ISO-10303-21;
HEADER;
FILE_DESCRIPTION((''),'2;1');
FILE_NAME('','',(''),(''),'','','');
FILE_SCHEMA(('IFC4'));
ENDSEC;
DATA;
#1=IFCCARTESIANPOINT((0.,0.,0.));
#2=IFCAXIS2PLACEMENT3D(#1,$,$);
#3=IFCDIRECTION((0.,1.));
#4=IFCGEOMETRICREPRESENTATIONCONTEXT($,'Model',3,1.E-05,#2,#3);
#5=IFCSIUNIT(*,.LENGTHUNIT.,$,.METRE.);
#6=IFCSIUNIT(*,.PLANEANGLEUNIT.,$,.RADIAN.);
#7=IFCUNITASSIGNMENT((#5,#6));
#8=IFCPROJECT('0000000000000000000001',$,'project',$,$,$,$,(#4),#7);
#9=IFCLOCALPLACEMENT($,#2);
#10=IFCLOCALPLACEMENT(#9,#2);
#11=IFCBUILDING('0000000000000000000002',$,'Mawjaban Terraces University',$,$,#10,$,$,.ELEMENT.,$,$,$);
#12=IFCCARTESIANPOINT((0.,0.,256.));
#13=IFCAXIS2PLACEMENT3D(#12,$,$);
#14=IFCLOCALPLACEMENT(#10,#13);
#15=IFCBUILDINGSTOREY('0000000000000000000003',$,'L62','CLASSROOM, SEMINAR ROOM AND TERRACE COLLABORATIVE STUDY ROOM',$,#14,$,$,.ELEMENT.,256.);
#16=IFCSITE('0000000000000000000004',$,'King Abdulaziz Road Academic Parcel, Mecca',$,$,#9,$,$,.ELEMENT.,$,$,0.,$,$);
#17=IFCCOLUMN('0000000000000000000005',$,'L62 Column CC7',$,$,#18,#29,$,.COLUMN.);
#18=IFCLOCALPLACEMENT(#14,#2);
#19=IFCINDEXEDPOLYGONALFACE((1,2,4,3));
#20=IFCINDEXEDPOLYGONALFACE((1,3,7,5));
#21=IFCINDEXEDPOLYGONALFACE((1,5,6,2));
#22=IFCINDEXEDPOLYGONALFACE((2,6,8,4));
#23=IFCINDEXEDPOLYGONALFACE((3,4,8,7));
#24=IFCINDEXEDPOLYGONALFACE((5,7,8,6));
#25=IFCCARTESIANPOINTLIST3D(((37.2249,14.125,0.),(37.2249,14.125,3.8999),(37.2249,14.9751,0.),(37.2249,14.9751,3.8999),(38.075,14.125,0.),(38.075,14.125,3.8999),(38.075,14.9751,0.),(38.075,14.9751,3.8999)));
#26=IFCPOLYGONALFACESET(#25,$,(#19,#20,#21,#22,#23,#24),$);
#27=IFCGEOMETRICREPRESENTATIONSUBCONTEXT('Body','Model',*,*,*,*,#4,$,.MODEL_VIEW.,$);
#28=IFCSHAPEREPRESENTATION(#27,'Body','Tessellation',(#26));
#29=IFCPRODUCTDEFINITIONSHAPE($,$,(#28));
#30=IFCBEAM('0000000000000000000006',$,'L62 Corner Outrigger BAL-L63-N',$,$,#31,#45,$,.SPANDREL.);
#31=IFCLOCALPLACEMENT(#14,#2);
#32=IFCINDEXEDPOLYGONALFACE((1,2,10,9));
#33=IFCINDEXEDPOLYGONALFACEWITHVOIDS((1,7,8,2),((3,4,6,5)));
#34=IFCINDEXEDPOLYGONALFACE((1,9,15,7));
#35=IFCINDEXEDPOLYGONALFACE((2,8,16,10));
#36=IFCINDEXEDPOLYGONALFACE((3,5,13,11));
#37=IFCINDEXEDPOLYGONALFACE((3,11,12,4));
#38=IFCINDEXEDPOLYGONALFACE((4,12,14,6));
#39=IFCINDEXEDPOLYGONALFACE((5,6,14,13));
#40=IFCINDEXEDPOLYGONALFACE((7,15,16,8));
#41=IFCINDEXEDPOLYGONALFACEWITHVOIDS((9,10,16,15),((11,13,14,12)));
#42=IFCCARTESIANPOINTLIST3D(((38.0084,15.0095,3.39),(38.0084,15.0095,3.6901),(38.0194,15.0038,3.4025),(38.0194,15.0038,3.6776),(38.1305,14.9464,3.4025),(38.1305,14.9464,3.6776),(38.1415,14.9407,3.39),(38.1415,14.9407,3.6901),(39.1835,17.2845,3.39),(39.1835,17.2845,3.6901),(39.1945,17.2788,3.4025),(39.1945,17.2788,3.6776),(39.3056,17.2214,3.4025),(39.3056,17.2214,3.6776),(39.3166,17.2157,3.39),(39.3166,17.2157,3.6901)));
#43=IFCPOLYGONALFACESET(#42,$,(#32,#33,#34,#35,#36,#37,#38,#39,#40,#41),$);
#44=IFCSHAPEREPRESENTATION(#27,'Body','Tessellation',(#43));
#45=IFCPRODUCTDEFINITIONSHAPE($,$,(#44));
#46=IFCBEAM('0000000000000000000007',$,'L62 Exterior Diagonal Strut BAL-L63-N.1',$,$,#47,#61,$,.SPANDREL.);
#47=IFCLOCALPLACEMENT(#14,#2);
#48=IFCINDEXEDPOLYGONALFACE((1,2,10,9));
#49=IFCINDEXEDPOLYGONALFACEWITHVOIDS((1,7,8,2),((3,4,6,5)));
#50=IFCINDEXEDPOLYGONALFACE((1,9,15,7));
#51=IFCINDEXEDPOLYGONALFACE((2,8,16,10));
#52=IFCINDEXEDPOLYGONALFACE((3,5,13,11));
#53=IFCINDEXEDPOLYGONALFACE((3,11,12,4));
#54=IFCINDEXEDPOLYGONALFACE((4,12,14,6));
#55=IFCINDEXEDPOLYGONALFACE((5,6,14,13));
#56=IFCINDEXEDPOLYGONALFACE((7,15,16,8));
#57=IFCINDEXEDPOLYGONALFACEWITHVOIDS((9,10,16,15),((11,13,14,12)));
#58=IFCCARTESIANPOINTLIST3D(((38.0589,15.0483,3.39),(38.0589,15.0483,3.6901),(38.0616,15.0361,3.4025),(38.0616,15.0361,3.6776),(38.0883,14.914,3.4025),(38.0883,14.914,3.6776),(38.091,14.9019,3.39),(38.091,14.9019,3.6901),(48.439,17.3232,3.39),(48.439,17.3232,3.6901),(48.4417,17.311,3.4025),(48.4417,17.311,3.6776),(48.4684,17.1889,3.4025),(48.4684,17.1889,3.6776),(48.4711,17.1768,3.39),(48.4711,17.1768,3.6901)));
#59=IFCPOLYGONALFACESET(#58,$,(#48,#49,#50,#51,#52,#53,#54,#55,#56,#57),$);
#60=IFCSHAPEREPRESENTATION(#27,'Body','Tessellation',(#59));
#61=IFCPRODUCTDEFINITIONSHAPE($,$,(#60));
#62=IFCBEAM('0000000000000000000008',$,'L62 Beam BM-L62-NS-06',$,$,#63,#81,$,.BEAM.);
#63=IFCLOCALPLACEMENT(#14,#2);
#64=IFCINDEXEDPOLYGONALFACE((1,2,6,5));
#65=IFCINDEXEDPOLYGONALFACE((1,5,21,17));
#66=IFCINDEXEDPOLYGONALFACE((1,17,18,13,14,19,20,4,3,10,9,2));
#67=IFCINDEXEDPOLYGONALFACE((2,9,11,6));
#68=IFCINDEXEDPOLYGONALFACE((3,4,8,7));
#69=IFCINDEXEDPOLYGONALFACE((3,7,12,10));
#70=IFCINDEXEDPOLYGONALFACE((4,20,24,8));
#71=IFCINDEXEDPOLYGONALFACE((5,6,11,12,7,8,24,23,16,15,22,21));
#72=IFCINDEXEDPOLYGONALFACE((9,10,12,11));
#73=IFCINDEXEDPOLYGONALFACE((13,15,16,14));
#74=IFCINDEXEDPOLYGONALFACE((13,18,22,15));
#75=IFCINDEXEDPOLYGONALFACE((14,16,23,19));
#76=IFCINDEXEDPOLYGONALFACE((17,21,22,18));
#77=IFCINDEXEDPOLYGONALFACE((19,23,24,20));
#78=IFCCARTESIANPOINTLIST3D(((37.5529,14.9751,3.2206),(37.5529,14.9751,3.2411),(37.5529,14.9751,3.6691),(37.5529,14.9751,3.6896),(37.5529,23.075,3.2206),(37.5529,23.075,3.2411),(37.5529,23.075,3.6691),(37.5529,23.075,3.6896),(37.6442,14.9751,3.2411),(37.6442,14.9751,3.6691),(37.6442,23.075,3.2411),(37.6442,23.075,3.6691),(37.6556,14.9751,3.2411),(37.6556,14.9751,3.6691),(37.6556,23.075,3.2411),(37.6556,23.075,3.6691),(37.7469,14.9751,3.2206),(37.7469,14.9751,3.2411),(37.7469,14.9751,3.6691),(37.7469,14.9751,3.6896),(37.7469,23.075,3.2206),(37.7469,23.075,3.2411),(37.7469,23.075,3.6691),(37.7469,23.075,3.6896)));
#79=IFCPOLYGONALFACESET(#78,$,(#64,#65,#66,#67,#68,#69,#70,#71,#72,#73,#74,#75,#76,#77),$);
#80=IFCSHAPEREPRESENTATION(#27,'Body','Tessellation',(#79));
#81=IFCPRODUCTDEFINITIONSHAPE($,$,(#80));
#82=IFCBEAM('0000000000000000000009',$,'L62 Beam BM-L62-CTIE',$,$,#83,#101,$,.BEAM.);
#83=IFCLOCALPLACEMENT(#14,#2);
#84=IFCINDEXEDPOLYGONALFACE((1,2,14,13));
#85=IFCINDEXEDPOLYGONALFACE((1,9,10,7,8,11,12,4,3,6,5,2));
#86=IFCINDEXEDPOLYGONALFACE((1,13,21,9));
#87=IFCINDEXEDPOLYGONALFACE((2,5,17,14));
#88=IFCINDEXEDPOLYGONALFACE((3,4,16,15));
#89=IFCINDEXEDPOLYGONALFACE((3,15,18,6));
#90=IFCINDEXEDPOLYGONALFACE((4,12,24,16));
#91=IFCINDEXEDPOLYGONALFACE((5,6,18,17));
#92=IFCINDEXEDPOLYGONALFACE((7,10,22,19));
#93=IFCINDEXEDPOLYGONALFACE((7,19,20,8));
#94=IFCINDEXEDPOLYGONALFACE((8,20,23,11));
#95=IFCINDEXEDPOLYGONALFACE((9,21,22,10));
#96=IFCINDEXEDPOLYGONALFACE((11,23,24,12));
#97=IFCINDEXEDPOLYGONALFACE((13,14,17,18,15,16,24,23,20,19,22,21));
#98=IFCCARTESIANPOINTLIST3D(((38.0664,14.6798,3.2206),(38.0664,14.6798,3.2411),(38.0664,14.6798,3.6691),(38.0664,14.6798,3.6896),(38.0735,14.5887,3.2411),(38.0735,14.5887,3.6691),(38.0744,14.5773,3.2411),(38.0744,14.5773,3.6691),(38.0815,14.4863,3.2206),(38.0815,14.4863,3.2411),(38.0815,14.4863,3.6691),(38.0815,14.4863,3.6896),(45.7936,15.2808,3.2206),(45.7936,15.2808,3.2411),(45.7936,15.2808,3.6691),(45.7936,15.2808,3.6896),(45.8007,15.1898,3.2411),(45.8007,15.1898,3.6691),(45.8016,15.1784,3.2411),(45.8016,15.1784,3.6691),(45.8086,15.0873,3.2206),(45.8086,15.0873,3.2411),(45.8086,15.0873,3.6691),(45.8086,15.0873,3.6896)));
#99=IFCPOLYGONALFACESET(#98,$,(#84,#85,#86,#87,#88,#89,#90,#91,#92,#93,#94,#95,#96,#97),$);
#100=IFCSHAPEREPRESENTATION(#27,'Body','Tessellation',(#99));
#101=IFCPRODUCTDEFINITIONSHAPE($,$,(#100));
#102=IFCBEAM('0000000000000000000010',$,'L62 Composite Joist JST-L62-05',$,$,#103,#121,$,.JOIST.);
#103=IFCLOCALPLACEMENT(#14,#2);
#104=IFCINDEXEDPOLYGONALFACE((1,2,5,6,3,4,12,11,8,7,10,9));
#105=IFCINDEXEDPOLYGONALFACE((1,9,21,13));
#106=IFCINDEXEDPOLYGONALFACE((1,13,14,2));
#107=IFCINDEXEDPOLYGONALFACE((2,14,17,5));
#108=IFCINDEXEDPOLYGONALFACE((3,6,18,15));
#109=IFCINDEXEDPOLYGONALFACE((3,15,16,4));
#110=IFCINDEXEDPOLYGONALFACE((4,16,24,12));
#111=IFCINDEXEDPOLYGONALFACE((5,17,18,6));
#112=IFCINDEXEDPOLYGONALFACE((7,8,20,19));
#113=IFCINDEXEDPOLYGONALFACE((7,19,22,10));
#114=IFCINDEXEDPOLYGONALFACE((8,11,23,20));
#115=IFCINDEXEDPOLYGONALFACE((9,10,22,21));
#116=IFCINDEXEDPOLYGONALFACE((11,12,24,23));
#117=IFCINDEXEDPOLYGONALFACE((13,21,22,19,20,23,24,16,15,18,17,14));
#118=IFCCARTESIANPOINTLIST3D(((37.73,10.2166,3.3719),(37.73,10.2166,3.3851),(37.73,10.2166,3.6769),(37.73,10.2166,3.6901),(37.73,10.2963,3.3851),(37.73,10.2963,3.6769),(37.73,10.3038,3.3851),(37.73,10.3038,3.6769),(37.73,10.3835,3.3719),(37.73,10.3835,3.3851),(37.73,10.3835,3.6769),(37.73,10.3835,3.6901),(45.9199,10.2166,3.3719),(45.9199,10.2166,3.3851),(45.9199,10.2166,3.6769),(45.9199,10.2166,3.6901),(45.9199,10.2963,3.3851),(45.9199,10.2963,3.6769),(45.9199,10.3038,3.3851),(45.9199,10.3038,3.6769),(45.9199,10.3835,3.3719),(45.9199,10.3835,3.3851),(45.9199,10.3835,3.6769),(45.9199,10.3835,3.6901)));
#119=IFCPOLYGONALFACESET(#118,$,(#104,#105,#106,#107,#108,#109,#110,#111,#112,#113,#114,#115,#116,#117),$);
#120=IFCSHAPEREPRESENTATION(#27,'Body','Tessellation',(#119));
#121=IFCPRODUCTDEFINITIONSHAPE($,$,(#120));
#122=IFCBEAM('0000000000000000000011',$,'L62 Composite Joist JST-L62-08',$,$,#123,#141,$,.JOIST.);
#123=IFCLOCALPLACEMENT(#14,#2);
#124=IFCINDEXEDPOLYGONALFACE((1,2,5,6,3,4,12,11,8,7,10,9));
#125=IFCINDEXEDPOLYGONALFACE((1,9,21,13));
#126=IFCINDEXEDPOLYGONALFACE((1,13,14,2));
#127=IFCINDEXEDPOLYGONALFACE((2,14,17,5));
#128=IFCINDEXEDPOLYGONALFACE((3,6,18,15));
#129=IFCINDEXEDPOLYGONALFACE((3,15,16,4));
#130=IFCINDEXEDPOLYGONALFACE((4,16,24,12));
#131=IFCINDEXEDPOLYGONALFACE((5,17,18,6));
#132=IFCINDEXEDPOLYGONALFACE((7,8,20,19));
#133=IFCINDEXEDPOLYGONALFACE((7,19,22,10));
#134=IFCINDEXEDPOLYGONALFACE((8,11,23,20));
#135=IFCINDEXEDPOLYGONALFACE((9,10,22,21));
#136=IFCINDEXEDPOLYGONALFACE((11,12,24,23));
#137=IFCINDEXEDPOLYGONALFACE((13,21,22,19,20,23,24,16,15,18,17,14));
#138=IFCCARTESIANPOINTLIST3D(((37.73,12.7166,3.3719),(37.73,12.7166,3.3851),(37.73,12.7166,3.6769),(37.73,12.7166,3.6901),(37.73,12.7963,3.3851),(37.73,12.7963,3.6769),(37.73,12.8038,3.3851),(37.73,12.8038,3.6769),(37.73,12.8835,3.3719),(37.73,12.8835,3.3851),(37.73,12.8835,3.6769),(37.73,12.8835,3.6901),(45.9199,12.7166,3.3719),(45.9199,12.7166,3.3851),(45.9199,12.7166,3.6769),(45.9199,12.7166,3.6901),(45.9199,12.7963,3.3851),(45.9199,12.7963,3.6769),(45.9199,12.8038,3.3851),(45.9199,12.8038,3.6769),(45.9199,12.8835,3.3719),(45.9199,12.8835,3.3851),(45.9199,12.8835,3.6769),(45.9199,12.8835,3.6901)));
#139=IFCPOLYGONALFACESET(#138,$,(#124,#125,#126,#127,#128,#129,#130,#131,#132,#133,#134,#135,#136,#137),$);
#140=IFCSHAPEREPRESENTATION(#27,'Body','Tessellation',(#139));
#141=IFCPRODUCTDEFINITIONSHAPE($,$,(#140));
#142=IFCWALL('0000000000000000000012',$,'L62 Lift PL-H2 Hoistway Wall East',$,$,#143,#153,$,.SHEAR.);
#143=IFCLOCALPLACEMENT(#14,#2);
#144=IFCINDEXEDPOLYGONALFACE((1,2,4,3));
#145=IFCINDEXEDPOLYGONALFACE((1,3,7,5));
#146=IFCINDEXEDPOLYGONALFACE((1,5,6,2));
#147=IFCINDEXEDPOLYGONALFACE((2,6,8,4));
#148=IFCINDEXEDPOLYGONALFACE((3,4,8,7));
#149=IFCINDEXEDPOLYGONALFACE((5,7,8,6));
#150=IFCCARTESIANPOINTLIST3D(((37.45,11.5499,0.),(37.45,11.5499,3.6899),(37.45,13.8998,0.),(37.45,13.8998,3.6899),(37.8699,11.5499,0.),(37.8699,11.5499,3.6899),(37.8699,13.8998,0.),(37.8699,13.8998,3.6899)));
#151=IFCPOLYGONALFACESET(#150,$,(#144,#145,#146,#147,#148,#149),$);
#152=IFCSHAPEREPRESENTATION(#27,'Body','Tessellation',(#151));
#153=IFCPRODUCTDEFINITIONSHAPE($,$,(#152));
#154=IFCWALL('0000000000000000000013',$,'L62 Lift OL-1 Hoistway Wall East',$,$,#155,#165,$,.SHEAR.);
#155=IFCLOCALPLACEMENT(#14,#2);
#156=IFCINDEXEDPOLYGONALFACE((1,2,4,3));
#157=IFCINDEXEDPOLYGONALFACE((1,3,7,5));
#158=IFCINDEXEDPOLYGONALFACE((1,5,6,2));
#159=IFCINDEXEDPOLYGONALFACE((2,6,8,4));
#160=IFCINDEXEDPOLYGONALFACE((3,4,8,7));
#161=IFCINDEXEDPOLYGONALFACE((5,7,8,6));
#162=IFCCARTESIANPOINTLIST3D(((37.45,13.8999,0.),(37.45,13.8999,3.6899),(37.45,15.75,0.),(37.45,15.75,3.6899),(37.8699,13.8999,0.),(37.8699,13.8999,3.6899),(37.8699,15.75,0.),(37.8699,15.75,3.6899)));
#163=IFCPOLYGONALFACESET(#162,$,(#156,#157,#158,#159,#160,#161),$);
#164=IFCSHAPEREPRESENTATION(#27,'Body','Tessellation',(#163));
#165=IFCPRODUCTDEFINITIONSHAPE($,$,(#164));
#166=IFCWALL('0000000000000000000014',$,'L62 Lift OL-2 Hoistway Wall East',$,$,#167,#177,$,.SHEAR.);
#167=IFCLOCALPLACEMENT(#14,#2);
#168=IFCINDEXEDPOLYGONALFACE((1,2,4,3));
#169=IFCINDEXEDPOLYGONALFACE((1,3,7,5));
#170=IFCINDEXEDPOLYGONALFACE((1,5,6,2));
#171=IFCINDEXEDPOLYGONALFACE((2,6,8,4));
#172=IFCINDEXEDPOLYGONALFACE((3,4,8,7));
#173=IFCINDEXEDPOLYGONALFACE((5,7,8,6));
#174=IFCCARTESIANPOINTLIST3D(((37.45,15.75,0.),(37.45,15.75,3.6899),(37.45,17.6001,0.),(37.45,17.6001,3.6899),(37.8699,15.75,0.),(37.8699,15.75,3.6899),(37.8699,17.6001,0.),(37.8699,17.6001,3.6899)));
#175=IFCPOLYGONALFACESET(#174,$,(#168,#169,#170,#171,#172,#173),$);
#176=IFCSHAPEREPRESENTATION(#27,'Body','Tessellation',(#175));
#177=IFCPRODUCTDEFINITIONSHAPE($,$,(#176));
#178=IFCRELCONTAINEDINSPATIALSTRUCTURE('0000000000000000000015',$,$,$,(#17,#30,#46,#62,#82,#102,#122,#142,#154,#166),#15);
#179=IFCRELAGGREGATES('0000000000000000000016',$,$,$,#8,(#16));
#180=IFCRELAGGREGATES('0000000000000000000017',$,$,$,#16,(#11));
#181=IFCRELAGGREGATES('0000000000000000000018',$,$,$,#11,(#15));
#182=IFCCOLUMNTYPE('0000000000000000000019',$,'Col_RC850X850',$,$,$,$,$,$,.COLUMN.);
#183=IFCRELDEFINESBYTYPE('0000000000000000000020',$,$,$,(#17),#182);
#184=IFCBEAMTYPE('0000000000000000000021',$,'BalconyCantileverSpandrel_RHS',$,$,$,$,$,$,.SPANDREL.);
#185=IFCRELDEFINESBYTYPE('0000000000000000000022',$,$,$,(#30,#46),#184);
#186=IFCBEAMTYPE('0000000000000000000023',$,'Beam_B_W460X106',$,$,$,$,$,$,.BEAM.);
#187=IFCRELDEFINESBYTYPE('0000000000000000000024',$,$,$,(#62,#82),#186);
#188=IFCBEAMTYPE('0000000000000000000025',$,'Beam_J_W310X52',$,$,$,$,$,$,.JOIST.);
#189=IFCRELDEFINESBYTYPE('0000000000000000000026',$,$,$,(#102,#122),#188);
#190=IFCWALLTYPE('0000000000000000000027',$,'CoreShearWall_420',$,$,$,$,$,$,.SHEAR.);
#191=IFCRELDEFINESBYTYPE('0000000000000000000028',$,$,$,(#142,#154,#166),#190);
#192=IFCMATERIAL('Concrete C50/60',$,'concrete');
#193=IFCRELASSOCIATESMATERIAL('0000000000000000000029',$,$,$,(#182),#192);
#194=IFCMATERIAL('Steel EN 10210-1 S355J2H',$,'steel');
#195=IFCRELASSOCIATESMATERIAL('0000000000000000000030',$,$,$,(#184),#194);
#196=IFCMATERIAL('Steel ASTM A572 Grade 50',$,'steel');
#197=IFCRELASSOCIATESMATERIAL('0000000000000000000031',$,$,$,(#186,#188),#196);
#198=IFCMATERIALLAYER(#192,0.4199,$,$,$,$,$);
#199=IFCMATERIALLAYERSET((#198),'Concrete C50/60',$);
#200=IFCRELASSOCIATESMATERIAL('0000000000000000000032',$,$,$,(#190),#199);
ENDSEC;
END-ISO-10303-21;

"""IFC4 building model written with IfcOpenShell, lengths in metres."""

from ifc_helpers import new_model, si_unit, direction, frame, frame_2d, origin, origin_2d, place, context, subcontext, project, spatial, rectangle, hollow_rectangle, i_section, extrude, material, layer, layer_set, material_profile, profile_set, type_object, element, save


model = new_model("IFC4")

# Units and contexts
model_context = context("Model", 3, precision=1e-05, world=origin(), true_north=direction((0.0, 1.0)))
body_context = subcontext(model_context, "Body", "Model", "MODEL_VIEW")
ifc_project = project(units=[si_unit("LENGTHUNIT", "METRE"), si_unit("PLANEANGLEUNIT", "RADIAN")], contexts=[model_context])

# Site, building, storey
site_placement = place(None, origin())
site = spatial("IfcSite", under=ifc_project, at=site_placement, Name="King Abdulaziz Road Academic Parcel, Mecca", CompositionType="ELEMENT", RefElevation=0.0)
building_placement = place(site_placement, origin())
building = spatial("IfcBuilding", under=site, at=building_placement, Name="Mawjaban Terraces University", CompositionType="ELEMENT")
storey_placement = place(building_placement, frame((0.0, 0.0, 256.0)))
storey = spatial("IfcBuildingStorey", under=building, at=storey_placement, Name="L62", Description="CLASSROOM, SEMINAR ROOM AND TERRACE COLLABORATIVE STUDY ROOM", CompositionType="ELEMENT", Elevation=256.0)

# Column
ifc_material_1 = material(Name="Concrete C50/60", Category="concrete")
ifc_material_profile_1 = material_profile(ifc_material_1, rectangle(XDim=0.8501, YDim=0.8501, at=origin_2d()), Name="RC850X850")
ifc_profile_set_1 = profile_set([ifc_material_profile_1], Name="Concrete C50/60")
column_type = type_object("IfcColumnType", Name="Col_RC850X850", PredefinedType="COLUMN", material=ifc_profile_set_1)
column_placement = place(storey_placement, frame((37.6499, 14.55, 0.0), z_axis=(0.0, 0.0, 1.0), x_axis=(1.0, 0.0, 0.0)))
element("IfcColumn", 1, at=column_placement, inside=storey, type_object=column_type, Name="L62 Column CC7", PredefinedType="COLUMN", context=body_context, shape_type="SweptSolid", body=[
    extrude(rectangle(XDim=0.8501, YDim=0.8501, at=origin_2d()), origin(), (0.0, 0.0, 1.0), 3.8999),
])

# Beams
ifc_material_2 = material(Name="Steel EN 10210-1 S355J2H", Category="steel")
ifc_material_profile_2 = material_profile(ifc_material_2, hollow_rectangle(XDim=0.1499, YDim=0.3, WallThickness=0.0125, at=origin_2d()), Name="RHS300X150X12.5")
ifc_profile_set_2 = profile_set([ifc_material_profile_2], Name="Steel EN 10210-1 S355J2H")
beam_type_1 = type_object("IfcBeamType", Name="BalconyCantileverSpandrel_RHS", PredefinedType="SPANDREL", material=ifc_profile_set_2)
beam_1_placement = place(storey_placement, frame((38.075, 14.9751, 3.54), z_axis=(0.458922, 0.888476, 0.0), x_axis=(-0.888476, 0.458922, 0.0)))
element("IfcBeam", 2, at=beam_1_placement, inside=storey, type_object=beam_type_1, Name="L62 Corner Outrigger BAL-L63-N", PredefinedType="SPANDREL", context=body_context, shape_type="SweptSolid", body=[
    extrude(hollow_rectangle(XDim=0.1499, YDim=0.3, WallThickness=0.0125, at=origin_2d()), origin(), (0.0, 0.0, 1.0), 2.5605),
])
beam_2_placement = place(storey_placement, frame((38.075, 14.9751, 3.54), z_axis=(0.976816, 0.214079, 0.0), x_axis=(-0.214079, 0.976816, 0.0)))
element("IfcBeam", 3, at=beam_2_placement, inside=storey, type_object=beam_type_1, Name="L62 Exterior Diagonal Strut BAL-L63-N.1", PredefinedType="SPANDREL", context=body_context, shape_type="SweptSolid", body=[
    extrude(hollow_rectangle(XDim=0.1499, YDim=0.3, WallThickness=0.0125, at=origin_2d()), origin(), (0.0, 0.0, 1.0), 10.6265),
])
ifc_material_3 = material(Name="Steel ASTM A572 Grade 50", Category="steel")
ifc_material_profile_3 = material_profile(ifc_material_3, i_section(OverallWidth=0.1941, OverallDepth=0.469, WebThickness=0.0115, FlangeThickness=0.0205, at=origin_2d()), Name="W460X106")
ifc_profile_set_3 = profile_set([ifc_material_profile_3], Name="Steel ASTM A572 Grade 50")
beam_type_2 = type_object("IfcBeamType", Name="Beam_B_W460X106", PredefinedType="BEAM", material=ifc_profile_set_3)
beam_3_placement = place(storey_placement, frame((37.6499, 14.9751, 3.4551), z_axis=(0.0, 1.0, 0.0), x_axis=(-1.0, 0.0, 0.0)))
element("IfcBeam", 4, at=beam_3_placement, inside=storey, type_object=beam_type_2, Name="L62 Beam BM-L62-NS-06", PredefinedType="BEAM", context=body_context, shape_type="SweptSolid", body=[
    extrude(i_section(OverallWidth=0.1941, OverallDepth=0.469, WebThickness=0.0115, FlangeThickness=0.0205, at=origin_2d()), origin(), (0.0, 0.0, 1.0), 8.0999),
])
beam_4_placement = place(storey_placement, frame((38.074, 14.583, 3.4551), z_axis=(0.996988, 0.077554, 0.0), x_axis=(-0.077554, 0.996988, 0.0)))
element("IfcBeam", 5, at=beam_4_placement, inside=storey, type_object=beam_type_2, Name="L62 Beam BM-L62-CTIE", PredefinedType="BEAM", context=body_context, shape_type="SweptSolid", body=[
    extrude(i_section(OverallWidth=0.1941, OverallDepth=0.469, WebThickness=0.0115, FlangeThickness=0.0205, at=origin_2d()), origin(), (0.0, 0.0, 1.0), 7.7505),
])
ifc_material_profile_4 = material_profile(ifc_material_3, i_section(OverallWidth=0.167, OverallDepth=0.3181, WebThickness=0.0076, FlangeThickness=0.0132, at=origin_2d()), Name="W310X52")
ifc_profile_set_4 = profile_set([ifc_material_profile_4], Name="Steel ASTM A572 Grade 50")
beam_type_3 = type_object("IfcBeamType", Name="Beam_J_W310X52", PredefinedType="JOIST", material=ifc_profile_set_4)
for number, where, z_axis, x_axis, name in (
    (6, (37.73, 10.3, 3.531), (1.0, 0.0, 0.0), (0.0, 1.0, 0.0), "L62 Composite Joist JST-L62-05"),
    (7, (37.73, 12.8, 3.531), (1.0, 0.0, 0.0), (0.0, 1.0, 0.0), "L62 Composite Joist JST-L62-08"),
):
    element("IfcBeam", number, at=place(storey_placement, frame(where, z_axis=z_axis, x_axis=x_axis)), inside=storey, type_object=beam_type_3, Name=name, PredefinedType="JOIST", context=body_context, shape_type="SweptSolid", body=[
        extrude(i_section(OverallWidth=0.167, OverallDepth=0.3181, WebThickness=0.0076, FlangeThickness=0.0132, at=origin_2d()), origin(), (0.0, 0.0, 1.0), 8.1899),
    ])

# Walls
ifc_layer_1 = layer(ifc_material_1, 0.4199)
ifc_layer_set_1 = layer_set([ifc_layer_1], Name="Concrete C50/60")
wall_type_1 = type_object("IfcWallType", Name="CoreShearWall_420", PredefinedType="SHEAR", material=ifc_layer_set_1)
wall_1_placement = place(storey_placement, frame((37.6599, 11.55, 0.0), z_axis=(0.0, 0.0, 1.0), x_axis=(0.0, 1.0, 0.0)))
element("IfcWall", 8, at=wall_1_placement, inside=storey, type_object=wall_type_1, Name="L62 Lift PL-H2 Hoistway Wall East", PredefinedType="SHEAR", context=body_context, shape_type="SweptSolid", body=[
    extrude(rectangle(XDim=2.3499, YDim=0.4199, at=frame_2d((1.1748, 0.0))), origin(), (0.0, 0.0, 1.0), 3.6899),
])
for number, where, z_axis, x_axis, name in (
    (9, (37.6599, 13.8999, 0.0), (0.0, 0.0, 1.0), (0.0, 1.0, 0.0), "L62 Lift OL-1 Hoistway Wall East"),
    (10, (37.6599, 15.75, 0.0), (0.0, 0.0, 1.0), (0.0, 1.0, 0.0), "L62 Lift OL-2 Hoistway Wall East"),
):
    element("IfcWall", number, at=place(storey_placement, frame(where, z_axis=z_axis, x_axis=x_axis)), inside=storey, type_object=wall_type_1, Name=name, PredefinedType="SHEAR", context=body_context, shape_type="SweptSolid", body=[
        extrude(rectangle(XDim=1.8501, YDim=0.4199, at=frame_2d((0.925, 0.0))), origin(), (0.0, 0.0, 1.0), 3.6899),
    ])

save(model, "model.ifc")
